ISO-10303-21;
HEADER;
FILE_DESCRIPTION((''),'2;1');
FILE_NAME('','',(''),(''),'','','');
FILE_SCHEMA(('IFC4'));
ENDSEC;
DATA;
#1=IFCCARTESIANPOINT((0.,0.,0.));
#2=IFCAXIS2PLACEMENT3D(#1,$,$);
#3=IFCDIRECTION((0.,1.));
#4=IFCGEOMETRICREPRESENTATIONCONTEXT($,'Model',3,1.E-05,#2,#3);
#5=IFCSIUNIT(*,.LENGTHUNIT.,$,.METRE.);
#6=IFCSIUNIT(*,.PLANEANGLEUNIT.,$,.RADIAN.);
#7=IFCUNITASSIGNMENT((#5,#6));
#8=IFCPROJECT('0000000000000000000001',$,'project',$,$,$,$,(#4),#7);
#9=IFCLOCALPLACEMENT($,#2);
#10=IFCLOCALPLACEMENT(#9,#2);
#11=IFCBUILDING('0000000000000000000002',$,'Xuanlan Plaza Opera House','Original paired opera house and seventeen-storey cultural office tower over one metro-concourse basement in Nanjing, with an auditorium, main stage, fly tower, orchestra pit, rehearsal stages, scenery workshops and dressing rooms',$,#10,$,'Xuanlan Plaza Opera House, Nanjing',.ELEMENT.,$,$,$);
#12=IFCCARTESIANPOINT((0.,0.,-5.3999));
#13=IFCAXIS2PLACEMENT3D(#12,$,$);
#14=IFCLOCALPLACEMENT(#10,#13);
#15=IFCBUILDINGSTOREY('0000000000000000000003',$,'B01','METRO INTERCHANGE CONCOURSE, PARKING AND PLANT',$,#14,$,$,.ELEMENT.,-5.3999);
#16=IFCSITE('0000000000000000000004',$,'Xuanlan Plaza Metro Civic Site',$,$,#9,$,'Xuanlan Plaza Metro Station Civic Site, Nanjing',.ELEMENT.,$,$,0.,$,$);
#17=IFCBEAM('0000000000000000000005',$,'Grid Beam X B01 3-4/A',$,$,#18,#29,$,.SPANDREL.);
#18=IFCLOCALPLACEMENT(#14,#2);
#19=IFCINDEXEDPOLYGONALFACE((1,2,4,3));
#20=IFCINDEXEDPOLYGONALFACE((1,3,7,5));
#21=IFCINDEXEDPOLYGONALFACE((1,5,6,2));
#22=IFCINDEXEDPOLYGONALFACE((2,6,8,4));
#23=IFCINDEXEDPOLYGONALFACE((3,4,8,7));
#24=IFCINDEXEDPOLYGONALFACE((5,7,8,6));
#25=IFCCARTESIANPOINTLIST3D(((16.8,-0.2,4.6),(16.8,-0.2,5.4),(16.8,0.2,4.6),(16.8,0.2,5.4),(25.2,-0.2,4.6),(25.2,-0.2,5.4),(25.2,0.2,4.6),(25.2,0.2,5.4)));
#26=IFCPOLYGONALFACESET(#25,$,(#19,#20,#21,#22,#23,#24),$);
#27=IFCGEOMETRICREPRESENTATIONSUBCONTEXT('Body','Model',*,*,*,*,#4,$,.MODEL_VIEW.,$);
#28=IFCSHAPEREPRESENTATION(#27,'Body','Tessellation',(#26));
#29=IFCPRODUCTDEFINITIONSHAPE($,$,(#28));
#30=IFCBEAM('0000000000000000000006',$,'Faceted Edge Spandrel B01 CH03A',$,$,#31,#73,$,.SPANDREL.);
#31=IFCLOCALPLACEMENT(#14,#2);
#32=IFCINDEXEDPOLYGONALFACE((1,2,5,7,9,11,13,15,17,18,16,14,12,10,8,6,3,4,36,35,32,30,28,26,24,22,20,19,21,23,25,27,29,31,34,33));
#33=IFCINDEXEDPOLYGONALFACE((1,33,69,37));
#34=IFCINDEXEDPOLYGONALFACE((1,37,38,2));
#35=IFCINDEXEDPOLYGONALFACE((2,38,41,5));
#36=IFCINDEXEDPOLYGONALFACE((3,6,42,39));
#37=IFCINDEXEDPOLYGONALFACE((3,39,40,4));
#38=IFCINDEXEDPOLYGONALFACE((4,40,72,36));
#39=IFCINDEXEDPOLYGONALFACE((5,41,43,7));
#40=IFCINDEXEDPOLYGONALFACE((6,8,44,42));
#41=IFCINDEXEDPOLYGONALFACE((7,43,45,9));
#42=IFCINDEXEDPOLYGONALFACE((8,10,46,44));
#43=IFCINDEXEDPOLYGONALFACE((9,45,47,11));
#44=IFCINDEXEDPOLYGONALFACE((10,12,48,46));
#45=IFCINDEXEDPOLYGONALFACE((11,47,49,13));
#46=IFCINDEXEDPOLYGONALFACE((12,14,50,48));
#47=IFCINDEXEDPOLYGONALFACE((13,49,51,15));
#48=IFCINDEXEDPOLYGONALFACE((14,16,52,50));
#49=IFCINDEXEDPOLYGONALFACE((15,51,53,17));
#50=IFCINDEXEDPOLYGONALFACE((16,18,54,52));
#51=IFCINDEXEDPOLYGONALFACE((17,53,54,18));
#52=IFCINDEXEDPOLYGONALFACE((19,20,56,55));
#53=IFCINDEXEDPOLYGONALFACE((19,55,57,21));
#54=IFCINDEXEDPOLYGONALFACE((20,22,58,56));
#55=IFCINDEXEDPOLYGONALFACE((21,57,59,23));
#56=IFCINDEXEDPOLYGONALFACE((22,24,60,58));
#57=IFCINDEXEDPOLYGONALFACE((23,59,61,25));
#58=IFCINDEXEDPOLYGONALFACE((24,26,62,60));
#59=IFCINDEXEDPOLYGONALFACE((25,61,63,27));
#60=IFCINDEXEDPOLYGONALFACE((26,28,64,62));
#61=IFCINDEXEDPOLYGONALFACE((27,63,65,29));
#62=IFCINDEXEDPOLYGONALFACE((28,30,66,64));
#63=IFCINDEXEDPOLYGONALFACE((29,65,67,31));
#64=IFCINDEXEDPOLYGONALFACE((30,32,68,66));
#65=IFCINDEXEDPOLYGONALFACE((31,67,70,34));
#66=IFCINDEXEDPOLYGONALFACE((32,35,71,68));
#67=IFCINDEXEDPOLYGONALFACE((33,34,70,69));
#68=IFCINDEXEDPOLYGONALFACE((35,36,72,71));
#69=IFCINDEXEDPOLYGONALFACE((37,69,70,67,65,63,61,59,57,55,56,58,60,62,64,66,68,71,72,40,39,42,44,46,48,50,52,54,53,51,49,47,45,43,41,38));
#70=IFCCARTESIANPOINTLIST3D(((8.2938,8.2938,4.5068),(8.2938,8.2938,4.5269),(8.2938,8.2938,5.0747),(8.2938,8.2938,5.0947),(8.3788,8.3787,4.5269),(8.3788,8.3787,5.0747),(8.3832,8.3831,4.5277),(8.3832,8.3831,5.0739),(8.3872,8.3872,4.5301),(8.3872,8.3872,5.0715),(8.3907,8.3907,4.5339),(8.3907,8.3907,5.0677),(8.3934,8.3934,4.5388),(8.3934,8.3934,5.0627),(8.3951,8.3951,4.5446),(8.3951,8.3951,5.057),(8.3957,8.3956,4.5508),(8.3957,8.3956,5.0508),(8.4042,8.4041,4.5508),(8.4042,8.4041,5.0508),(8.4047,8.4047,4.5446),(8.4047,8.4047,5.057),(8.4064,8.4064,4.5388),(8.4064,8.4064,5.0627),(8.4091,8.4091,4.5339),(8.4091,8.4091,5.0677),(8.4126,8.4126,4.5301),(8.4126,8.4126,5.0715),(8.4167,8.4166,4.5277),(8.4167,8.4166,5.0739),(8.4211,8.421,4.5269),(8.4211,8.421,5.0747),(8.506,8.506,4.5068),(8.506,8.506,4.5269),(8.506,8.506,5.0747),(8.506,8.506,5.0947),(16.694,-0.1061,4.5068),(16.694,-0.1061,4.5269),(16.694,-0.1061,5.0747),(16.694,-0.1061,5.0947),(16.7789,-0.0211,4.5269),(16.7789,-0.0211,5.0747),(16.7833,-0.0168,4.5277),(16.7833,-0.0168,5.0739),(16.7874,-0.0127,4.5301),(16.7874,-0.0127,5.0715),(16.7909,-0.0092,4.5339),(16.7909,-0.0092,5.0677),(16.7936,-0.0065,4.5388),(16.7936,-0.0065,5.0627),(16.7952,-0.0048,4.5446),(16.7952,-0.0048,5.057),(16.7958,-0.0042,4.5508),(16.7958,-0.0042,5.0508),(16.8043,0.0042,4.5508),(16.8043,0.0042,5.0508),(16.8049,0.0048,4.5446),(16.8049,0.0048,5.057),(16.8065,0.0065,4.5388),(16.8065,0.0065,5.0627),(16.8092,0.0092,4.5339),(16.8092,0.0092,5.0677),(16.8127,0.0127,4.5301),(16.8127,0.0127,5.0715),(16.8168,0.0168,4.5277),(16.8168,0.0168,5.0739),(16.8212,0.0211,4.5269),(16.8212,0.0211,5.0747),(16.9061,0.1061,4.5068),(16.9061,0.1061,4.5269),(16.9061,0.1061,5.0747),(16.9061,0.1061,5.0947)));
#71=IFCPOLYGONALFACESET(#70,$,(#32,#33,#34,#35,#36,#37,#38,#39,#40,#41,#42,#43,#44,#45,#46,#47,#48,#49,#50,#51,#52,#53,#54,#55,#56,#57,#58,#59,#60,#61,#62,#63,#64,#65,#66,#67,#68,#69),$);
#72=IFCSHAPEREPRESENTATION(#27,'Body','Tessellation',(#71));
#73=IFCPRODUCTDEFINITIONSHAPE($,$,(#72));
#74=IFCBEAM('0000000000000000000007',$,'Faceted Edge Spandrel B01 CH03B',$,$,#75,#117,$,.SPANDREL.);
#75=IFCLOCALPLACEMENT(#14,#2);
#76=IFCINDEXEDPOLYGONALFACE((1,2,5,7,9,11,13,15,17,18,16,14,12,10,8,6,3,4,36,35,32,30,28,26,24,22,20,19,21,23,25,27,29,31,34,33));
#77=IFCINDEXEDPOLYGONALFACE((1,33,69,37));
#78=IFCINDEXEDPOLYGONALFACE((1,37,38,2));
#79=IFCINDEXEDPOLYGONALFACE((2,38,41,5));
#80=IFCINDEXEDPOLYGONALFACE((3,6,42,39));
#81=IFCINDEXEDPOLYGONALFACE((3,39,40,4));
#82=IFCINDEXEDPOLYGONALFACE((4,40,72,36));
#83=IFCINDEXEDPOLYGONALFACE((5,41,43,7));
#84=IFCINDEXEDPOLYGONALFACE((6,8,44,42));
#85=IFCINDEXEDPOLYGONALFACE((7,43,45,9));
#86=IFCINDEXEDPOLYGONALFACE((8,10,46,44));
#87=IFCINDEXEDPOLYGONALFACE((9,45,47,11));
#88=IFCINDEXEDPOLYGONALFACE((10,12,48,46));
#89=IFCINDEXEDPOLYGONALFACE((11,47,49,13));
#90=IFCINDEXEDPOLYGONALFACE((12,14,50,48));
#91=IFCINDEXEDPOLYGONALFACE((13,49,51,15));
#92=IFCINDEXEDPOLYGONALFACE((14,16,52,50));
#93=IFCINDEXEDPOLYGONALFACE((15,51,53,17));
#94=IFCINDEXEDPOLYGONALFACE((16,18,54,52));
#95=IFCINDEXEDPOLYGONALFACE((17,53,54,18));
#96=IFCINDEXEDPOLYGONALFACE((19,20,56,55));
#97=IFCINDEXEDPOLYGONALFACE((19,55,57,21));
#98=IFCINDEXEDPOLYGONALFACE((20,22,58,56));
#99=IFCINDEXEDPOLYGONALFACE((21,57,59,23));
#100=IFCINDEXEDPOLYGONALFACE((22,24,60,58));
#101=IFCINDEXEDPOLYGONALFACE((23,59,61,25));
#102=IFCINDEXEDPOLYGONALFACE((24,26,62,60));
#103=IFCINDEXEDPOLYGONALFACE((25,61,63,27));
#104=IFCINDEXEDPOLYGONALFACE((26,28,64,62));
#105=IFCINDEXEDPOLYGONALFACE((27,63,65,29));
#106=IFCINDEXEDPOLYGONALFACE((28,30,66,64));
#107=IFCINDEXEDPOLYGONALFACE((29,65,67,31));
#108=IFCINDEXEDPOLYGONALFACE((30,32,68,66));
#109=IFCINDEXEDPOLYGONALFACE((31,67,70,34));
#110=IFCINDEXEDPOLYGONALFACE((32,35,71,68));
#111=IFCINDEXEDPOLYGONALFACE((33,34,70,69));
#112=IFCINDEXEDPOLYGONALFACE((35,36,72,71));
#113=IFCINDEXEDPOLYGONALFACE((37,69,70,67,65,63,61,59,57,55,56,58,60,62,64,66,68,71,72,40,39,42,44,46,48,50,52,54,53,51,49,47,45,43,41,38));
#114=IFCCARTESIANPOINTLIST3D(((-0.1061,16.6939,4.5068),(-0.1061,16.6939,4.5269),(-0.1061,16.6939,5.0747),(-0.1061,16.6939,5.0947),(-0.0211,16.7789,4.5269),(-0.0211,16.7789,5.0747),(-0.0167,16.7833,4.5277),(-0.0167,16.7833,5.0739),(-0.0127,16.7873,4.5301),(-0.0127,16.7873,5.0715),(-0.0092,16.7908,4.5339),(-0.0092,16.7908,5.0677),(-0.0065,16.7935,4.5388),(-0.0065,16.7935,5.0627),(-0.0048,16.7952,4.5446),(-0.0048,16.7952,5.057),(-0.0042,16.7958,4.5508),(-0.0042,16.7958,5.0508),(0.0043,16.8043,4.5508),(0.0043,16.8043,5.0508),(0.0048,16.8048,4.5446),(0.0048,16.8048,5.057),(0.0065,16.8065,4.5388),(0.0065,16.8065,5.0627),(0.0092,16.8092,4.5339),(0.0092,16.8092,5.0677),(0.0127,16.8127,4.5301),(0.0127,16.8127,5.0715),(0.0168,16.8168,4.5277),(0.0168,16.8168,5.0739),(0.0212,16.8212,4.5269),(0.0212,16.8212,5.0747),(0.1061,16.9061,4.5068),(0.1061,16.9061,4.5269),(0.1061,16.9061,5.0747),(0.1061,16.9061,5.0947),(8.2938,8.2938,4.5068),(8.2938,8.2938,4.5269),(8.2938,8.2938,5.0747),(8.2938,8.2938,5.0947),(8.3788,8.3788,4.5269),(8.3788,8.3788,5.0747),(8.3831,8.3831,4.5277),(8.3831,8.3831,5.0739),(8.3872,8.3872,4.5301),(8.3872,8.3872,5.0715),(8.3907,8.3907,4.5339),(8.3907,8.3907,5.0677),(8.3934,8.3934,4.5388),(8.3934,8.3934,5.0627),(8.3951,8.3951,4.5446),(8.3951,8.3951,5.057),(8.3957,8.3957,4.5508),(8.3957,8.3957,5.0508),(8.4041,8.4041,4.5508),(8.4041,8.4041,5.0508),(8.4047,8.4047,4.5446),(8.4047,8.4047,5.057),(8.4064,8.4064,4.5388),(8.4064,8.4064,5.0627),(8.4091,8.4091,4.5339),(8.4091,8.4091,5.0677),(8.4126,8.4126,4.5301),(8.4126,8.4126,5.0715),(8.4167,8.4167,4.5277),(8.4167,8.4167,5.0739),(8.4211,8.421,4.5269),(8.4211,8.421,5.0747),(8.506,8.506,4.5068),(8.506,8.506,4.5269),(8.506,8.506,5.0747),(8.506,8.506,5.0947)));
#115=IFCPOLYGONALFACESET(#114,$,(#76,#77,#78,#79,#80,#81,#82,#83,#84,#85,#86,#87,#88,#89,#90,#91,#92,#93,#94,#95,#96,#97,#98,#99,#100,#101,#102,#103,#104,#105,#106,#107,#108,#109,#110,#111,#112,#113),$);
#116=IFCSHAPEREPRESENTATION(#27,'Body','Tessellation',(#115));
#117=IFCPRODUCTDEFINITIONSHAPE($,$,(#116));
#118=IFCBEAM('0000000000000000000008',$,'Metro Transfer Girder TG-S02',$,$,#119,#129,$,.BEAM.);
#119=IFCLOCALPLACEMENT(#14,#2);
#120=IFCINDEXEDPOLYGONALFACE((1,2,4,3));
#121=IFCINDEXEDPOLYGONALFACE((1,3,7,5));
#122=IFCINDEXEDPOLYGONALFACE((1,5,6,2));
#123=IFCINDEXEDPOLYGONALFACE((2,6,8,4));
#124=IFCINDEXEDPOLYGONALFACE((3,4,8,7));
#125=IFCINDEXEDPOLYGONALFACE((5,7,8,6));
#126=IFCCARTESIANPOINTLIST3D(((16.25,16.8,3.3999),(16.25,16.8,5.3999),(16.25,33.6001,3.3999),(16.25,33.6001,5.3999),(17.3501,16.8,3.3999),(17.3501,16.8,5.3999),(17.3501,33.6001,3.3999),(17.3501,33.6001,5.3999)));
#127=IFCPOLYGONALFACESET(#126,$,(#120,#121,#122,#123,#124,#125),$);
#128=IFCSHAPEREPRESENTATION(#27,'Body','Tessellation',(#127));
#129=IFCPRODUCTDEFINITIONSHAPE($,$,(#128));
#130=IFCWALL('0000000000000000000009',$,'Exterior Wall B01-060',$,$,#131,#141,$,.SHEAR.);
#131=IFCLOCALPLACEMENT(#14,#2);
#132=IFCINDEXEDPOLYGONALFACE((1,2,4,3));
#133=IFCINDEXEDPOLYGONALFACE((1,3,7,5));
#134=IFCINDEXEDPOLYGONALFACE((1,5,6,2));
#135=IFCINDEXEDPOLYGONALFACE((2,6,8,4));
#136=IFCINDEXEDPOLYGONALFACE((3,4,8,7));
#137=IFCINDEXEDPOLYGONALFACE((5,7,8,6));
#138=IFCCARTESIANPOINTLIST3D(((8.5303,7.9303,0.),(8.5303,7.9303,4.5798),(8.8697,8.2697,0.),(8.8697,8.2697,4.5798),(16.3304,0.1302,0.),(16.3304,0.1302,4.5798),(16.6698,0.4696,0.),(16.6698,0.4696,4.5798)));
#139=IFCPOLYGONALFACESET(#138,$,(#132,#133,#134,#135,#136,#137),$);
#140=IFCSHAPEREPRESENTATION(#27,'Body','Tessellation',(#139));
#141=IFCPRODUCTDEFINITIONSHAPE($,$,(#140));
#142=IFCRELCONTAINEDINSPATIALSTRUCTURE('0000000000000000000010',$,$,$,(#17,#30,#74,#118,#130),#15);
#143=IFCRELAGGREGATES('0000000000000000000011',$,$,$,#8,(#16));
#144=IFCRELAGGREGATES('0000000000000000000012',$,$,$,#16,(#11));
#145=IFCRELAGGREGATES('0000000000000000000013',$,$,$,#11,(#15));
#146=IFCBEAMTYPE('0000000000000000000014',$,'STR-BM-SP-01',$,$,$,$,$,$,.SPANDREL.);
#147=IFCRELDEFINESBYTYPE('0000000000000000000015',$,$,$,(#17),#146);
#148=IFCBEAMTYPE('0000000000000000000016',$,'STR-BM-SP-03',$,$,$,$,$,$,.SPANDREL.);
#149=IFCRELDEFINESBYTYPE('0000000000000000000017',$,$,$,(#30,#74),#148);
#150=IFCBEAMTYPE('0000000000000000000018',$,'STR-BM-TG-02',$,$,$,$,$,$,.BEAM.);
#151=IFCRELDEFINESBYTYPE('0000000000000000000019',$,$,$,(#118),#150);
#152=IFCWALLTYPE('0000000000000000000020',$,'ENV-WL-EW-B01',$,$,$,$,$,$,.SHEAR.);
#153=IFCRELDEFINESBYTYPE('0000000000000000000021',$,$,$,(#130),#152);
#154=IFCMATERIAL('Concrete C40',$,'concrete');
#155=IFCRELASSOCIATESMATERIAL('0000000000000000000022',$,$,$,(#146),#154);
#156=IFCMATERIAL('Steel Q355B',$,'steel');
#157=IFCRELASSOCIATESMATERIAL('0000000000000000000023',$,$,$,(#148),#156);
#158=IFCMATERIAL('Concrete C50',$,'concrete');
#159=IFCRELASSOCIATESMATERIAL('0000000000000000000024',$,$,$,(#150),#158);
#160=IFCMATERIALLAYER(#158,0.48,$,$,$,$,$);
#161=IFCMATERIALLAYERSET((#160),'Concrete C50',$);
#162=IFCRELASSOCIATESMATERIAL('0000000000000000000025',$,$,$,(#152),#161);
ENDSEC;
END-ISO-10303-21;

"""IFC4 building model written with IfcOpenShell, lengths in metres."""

from ifc_helpers import new_model, si_unit, direction, frame, frame_2d, origin, origin_2d, place, context, subcontext, project, spatial, rectangle, i_section, extrude, material, layer, layer_set, material_profile, profile_set, type_object, element, save


model = new_model("IFC4")

# Units and contexts
model_context = context("Model", 3, precision=1e-05, world=origin(), true_north=direction((0.0, 1.0)))
body_context = subcontext(model_context, "Body", "Model", "MODEL_VIEW")
ifc_project = project(units=[si_unit("LENGTHUNIT", "METRE"), si_unit("PLANEANGLEUNIT", "RADIAN")], contexts=[model_context])

# Site, building, storey
site_placement = place(None, origin())
site = spatial("IfcSite", under=ifc_project, at=site_placement, Name="Xuanlan Plaza Metro Civic Site", LongName="Xuanlan Plaza Metro Station Civic Site, Nanjing", CompositionType="ELEMENT", RefElevation=0.0)
building_placement = place(site_placement, origin())
building = spatial("IfcBuilding", under=site, at=building_placement, Name="Xuanlan Plaza Opera House", Description="Original paired opera house and seventeen-storey cultural office tower over one metro-concourse basement in Nanjing, with an auditorium, main stage, fly tower, orchestra pit, rehearsal stages, scenery workshops and dressing rooms", LongName="Xuanlan Plaza Opera House, Nanjing", CompositionType="ELEMENT")
storey_placement = place(building_placement, frame((0.0, 0.0, -5.3999)))
storey = spatial("IfcBuildingStorey", under=building, at=storey_placement, Name="B01", Description="METRO INTERCHANGE CONCOURSE, PARKING AND PLANT", CompositionType="ELEMENT", Elevation=-5.3999)

# Shared definitions
ifc_material_1 = material(Name="Concrete C50", Category="concrete")
ifc_material_2 = material(Name="Concrete C40", Category="concrete")

# Beams
ifc_material_3 = material(Name="Steel Q355B", Category="steel")
ifc_material_profile_1 = material_profile(ifc_material_2, rectangle(XDim=0.3999, YDim=0.8, at=origin_2d()), Name="RC-SPD 400x800")
ifc_profile_set_1 = profile_set([ifc_material_profile_1], Name="Concrete C40")
beam_type_1 = type_object("IfcBeamType", Name="STR-BM-SP-01", PredefinedType="SPANDREL", material=ifc_profile_set_1)
beam_1_placement = place(storey_placement, frame((16.8, 0.0, 5.0), z_axis=(1.0, 0.0, 0.0), x_axis=(0.0, 1.0, 0.0)))
element("IfcBeam", 1, at=beam_1_placement, inside=storey, type_object=beam_type_1, Name="Grid Beam X B01 3-4/A", PredefinedType="SPANDREL", context=body_context, shape_type="SweptSolid", body=[
    extrude(rectangle(XDim=0.3999, YDim=0.8, at=origin_2d()), origin(), (0.0, 0.0, 1.0), 8.3999),
])
ifc_material_profile_2 = material_profile(ifc_material_3, i_section(OverallWidth=0.3, OverallDepth=0.5879, WebThickness=0.012, FlangeThickness=0.02, FilletRadius=0.0239, at=origin_2d()), Name="HM 588x300x12x20")
ifc_profile_set_2 = profile_set([ifc_material_profile_2], Name="Steel Q355B")
beam_type_2 = type_object("IfcBeamType", Name="STR-BM-SP-03", PredefinedType="SPANDREL", material=ifc_profile_set_2)
for number, where, z_axis, x_axis, name in (
    (2, (16.8, 0.0, 4.8008), (-0.707117, 0.707097, 0.0), (-0.707097, -0.707117, 0.0), "Faceted Edge Spandrel B01 CH03A"),
    (3, (8.3999, 8.3999, 4.8008), (-0.707097, 0.707117, 0.0), (-0.707117, -0.707097, 0.0), "Faceted Edge Spandrel B01 CH03B"),
):
    element("IfcBeam", number, at=place(storey_placement, frame(where, z_axis=z_axis, x_axis=x_axis)), inside=storey, type_object=beam_type_2, Name=name, PredefinedType="SPANDREL", context=body_context, shape_type="SweptSolid", body=[
        extrude(i_section(OverallWidth=0.3, OverallDepth=0.5879, WebThickness=0.012, FlangeThickness=0.02, FilletRadius=0.0239, at=origin_2d()), origin(), (0.0, 0.0, 1.0), 11.8794),
    ])
ifc_material_profile_3 = material_profile(ifc_material_1, rectangle(XDim=1.1001, YDim=2.0, at=origin_2d()), Name="RC-TG 1100x2000")
ifc_profile_set_3 = profile_set([ifc_material_profile_3], Name="Concrete C50")
beam_type_3 = type_object("IfcBeamType", Name="STR-BM-TG-02", PredefinedType="BEAM", material=ifc_profile_set_3)
beam_2_placement = place(storey_placement, frame((16.8, 16.8, 4.3999), z_axis=(0.0, 1.0, 0.0), x_axis=(-1.0, 0.0, 0.0)))
element("IfcBeam", 4, at=beam_2_placement, inside=storey, type_object=beam_type_3, Name="Metro Transfer Girder TG-S02", PredefinedType="BEAM", context=body_context, shape_type="SweptSolid", body=[
    extrude(rectangle(XDim=1.1001, YDim=2.0, at=origin_2d()), origin(), (0.0, 0.0, 1.0), 16.8),
])

# Wall
ifc_layer = layer(ifc_material_1, 0.48)
ifc_layer_set = layer_set([ifc_layer], Name="Concrete C50")
wall_type = type_object("IfcWallType", Name="ENV-WL-EW-B01", PredefinedType="SHEAR", material=ifc_layer_set)
wall_placement = place(storey_placement, frame((8.7, 8.1001, 0.0), z_axis=(0.0, 0.0, 1.0), x_axis=(0.707107, -0.707107, 0.0)))
element("IfcWall", 5, at=wall_placement, inside=storey, type_object=wall_type, Name="Exterior Wall B01-060", PredefinedType="SHEAR", context=body_context, shape_type="SweptSolid", body=[
    extrude(rectangle(XDim=11.031, YDim=0.48, at=frame_2d((5.5156, 0.0))), origin(), (0.0, 0.0, 1.0), 4.5798),
])

save(model, "model.ifc")
